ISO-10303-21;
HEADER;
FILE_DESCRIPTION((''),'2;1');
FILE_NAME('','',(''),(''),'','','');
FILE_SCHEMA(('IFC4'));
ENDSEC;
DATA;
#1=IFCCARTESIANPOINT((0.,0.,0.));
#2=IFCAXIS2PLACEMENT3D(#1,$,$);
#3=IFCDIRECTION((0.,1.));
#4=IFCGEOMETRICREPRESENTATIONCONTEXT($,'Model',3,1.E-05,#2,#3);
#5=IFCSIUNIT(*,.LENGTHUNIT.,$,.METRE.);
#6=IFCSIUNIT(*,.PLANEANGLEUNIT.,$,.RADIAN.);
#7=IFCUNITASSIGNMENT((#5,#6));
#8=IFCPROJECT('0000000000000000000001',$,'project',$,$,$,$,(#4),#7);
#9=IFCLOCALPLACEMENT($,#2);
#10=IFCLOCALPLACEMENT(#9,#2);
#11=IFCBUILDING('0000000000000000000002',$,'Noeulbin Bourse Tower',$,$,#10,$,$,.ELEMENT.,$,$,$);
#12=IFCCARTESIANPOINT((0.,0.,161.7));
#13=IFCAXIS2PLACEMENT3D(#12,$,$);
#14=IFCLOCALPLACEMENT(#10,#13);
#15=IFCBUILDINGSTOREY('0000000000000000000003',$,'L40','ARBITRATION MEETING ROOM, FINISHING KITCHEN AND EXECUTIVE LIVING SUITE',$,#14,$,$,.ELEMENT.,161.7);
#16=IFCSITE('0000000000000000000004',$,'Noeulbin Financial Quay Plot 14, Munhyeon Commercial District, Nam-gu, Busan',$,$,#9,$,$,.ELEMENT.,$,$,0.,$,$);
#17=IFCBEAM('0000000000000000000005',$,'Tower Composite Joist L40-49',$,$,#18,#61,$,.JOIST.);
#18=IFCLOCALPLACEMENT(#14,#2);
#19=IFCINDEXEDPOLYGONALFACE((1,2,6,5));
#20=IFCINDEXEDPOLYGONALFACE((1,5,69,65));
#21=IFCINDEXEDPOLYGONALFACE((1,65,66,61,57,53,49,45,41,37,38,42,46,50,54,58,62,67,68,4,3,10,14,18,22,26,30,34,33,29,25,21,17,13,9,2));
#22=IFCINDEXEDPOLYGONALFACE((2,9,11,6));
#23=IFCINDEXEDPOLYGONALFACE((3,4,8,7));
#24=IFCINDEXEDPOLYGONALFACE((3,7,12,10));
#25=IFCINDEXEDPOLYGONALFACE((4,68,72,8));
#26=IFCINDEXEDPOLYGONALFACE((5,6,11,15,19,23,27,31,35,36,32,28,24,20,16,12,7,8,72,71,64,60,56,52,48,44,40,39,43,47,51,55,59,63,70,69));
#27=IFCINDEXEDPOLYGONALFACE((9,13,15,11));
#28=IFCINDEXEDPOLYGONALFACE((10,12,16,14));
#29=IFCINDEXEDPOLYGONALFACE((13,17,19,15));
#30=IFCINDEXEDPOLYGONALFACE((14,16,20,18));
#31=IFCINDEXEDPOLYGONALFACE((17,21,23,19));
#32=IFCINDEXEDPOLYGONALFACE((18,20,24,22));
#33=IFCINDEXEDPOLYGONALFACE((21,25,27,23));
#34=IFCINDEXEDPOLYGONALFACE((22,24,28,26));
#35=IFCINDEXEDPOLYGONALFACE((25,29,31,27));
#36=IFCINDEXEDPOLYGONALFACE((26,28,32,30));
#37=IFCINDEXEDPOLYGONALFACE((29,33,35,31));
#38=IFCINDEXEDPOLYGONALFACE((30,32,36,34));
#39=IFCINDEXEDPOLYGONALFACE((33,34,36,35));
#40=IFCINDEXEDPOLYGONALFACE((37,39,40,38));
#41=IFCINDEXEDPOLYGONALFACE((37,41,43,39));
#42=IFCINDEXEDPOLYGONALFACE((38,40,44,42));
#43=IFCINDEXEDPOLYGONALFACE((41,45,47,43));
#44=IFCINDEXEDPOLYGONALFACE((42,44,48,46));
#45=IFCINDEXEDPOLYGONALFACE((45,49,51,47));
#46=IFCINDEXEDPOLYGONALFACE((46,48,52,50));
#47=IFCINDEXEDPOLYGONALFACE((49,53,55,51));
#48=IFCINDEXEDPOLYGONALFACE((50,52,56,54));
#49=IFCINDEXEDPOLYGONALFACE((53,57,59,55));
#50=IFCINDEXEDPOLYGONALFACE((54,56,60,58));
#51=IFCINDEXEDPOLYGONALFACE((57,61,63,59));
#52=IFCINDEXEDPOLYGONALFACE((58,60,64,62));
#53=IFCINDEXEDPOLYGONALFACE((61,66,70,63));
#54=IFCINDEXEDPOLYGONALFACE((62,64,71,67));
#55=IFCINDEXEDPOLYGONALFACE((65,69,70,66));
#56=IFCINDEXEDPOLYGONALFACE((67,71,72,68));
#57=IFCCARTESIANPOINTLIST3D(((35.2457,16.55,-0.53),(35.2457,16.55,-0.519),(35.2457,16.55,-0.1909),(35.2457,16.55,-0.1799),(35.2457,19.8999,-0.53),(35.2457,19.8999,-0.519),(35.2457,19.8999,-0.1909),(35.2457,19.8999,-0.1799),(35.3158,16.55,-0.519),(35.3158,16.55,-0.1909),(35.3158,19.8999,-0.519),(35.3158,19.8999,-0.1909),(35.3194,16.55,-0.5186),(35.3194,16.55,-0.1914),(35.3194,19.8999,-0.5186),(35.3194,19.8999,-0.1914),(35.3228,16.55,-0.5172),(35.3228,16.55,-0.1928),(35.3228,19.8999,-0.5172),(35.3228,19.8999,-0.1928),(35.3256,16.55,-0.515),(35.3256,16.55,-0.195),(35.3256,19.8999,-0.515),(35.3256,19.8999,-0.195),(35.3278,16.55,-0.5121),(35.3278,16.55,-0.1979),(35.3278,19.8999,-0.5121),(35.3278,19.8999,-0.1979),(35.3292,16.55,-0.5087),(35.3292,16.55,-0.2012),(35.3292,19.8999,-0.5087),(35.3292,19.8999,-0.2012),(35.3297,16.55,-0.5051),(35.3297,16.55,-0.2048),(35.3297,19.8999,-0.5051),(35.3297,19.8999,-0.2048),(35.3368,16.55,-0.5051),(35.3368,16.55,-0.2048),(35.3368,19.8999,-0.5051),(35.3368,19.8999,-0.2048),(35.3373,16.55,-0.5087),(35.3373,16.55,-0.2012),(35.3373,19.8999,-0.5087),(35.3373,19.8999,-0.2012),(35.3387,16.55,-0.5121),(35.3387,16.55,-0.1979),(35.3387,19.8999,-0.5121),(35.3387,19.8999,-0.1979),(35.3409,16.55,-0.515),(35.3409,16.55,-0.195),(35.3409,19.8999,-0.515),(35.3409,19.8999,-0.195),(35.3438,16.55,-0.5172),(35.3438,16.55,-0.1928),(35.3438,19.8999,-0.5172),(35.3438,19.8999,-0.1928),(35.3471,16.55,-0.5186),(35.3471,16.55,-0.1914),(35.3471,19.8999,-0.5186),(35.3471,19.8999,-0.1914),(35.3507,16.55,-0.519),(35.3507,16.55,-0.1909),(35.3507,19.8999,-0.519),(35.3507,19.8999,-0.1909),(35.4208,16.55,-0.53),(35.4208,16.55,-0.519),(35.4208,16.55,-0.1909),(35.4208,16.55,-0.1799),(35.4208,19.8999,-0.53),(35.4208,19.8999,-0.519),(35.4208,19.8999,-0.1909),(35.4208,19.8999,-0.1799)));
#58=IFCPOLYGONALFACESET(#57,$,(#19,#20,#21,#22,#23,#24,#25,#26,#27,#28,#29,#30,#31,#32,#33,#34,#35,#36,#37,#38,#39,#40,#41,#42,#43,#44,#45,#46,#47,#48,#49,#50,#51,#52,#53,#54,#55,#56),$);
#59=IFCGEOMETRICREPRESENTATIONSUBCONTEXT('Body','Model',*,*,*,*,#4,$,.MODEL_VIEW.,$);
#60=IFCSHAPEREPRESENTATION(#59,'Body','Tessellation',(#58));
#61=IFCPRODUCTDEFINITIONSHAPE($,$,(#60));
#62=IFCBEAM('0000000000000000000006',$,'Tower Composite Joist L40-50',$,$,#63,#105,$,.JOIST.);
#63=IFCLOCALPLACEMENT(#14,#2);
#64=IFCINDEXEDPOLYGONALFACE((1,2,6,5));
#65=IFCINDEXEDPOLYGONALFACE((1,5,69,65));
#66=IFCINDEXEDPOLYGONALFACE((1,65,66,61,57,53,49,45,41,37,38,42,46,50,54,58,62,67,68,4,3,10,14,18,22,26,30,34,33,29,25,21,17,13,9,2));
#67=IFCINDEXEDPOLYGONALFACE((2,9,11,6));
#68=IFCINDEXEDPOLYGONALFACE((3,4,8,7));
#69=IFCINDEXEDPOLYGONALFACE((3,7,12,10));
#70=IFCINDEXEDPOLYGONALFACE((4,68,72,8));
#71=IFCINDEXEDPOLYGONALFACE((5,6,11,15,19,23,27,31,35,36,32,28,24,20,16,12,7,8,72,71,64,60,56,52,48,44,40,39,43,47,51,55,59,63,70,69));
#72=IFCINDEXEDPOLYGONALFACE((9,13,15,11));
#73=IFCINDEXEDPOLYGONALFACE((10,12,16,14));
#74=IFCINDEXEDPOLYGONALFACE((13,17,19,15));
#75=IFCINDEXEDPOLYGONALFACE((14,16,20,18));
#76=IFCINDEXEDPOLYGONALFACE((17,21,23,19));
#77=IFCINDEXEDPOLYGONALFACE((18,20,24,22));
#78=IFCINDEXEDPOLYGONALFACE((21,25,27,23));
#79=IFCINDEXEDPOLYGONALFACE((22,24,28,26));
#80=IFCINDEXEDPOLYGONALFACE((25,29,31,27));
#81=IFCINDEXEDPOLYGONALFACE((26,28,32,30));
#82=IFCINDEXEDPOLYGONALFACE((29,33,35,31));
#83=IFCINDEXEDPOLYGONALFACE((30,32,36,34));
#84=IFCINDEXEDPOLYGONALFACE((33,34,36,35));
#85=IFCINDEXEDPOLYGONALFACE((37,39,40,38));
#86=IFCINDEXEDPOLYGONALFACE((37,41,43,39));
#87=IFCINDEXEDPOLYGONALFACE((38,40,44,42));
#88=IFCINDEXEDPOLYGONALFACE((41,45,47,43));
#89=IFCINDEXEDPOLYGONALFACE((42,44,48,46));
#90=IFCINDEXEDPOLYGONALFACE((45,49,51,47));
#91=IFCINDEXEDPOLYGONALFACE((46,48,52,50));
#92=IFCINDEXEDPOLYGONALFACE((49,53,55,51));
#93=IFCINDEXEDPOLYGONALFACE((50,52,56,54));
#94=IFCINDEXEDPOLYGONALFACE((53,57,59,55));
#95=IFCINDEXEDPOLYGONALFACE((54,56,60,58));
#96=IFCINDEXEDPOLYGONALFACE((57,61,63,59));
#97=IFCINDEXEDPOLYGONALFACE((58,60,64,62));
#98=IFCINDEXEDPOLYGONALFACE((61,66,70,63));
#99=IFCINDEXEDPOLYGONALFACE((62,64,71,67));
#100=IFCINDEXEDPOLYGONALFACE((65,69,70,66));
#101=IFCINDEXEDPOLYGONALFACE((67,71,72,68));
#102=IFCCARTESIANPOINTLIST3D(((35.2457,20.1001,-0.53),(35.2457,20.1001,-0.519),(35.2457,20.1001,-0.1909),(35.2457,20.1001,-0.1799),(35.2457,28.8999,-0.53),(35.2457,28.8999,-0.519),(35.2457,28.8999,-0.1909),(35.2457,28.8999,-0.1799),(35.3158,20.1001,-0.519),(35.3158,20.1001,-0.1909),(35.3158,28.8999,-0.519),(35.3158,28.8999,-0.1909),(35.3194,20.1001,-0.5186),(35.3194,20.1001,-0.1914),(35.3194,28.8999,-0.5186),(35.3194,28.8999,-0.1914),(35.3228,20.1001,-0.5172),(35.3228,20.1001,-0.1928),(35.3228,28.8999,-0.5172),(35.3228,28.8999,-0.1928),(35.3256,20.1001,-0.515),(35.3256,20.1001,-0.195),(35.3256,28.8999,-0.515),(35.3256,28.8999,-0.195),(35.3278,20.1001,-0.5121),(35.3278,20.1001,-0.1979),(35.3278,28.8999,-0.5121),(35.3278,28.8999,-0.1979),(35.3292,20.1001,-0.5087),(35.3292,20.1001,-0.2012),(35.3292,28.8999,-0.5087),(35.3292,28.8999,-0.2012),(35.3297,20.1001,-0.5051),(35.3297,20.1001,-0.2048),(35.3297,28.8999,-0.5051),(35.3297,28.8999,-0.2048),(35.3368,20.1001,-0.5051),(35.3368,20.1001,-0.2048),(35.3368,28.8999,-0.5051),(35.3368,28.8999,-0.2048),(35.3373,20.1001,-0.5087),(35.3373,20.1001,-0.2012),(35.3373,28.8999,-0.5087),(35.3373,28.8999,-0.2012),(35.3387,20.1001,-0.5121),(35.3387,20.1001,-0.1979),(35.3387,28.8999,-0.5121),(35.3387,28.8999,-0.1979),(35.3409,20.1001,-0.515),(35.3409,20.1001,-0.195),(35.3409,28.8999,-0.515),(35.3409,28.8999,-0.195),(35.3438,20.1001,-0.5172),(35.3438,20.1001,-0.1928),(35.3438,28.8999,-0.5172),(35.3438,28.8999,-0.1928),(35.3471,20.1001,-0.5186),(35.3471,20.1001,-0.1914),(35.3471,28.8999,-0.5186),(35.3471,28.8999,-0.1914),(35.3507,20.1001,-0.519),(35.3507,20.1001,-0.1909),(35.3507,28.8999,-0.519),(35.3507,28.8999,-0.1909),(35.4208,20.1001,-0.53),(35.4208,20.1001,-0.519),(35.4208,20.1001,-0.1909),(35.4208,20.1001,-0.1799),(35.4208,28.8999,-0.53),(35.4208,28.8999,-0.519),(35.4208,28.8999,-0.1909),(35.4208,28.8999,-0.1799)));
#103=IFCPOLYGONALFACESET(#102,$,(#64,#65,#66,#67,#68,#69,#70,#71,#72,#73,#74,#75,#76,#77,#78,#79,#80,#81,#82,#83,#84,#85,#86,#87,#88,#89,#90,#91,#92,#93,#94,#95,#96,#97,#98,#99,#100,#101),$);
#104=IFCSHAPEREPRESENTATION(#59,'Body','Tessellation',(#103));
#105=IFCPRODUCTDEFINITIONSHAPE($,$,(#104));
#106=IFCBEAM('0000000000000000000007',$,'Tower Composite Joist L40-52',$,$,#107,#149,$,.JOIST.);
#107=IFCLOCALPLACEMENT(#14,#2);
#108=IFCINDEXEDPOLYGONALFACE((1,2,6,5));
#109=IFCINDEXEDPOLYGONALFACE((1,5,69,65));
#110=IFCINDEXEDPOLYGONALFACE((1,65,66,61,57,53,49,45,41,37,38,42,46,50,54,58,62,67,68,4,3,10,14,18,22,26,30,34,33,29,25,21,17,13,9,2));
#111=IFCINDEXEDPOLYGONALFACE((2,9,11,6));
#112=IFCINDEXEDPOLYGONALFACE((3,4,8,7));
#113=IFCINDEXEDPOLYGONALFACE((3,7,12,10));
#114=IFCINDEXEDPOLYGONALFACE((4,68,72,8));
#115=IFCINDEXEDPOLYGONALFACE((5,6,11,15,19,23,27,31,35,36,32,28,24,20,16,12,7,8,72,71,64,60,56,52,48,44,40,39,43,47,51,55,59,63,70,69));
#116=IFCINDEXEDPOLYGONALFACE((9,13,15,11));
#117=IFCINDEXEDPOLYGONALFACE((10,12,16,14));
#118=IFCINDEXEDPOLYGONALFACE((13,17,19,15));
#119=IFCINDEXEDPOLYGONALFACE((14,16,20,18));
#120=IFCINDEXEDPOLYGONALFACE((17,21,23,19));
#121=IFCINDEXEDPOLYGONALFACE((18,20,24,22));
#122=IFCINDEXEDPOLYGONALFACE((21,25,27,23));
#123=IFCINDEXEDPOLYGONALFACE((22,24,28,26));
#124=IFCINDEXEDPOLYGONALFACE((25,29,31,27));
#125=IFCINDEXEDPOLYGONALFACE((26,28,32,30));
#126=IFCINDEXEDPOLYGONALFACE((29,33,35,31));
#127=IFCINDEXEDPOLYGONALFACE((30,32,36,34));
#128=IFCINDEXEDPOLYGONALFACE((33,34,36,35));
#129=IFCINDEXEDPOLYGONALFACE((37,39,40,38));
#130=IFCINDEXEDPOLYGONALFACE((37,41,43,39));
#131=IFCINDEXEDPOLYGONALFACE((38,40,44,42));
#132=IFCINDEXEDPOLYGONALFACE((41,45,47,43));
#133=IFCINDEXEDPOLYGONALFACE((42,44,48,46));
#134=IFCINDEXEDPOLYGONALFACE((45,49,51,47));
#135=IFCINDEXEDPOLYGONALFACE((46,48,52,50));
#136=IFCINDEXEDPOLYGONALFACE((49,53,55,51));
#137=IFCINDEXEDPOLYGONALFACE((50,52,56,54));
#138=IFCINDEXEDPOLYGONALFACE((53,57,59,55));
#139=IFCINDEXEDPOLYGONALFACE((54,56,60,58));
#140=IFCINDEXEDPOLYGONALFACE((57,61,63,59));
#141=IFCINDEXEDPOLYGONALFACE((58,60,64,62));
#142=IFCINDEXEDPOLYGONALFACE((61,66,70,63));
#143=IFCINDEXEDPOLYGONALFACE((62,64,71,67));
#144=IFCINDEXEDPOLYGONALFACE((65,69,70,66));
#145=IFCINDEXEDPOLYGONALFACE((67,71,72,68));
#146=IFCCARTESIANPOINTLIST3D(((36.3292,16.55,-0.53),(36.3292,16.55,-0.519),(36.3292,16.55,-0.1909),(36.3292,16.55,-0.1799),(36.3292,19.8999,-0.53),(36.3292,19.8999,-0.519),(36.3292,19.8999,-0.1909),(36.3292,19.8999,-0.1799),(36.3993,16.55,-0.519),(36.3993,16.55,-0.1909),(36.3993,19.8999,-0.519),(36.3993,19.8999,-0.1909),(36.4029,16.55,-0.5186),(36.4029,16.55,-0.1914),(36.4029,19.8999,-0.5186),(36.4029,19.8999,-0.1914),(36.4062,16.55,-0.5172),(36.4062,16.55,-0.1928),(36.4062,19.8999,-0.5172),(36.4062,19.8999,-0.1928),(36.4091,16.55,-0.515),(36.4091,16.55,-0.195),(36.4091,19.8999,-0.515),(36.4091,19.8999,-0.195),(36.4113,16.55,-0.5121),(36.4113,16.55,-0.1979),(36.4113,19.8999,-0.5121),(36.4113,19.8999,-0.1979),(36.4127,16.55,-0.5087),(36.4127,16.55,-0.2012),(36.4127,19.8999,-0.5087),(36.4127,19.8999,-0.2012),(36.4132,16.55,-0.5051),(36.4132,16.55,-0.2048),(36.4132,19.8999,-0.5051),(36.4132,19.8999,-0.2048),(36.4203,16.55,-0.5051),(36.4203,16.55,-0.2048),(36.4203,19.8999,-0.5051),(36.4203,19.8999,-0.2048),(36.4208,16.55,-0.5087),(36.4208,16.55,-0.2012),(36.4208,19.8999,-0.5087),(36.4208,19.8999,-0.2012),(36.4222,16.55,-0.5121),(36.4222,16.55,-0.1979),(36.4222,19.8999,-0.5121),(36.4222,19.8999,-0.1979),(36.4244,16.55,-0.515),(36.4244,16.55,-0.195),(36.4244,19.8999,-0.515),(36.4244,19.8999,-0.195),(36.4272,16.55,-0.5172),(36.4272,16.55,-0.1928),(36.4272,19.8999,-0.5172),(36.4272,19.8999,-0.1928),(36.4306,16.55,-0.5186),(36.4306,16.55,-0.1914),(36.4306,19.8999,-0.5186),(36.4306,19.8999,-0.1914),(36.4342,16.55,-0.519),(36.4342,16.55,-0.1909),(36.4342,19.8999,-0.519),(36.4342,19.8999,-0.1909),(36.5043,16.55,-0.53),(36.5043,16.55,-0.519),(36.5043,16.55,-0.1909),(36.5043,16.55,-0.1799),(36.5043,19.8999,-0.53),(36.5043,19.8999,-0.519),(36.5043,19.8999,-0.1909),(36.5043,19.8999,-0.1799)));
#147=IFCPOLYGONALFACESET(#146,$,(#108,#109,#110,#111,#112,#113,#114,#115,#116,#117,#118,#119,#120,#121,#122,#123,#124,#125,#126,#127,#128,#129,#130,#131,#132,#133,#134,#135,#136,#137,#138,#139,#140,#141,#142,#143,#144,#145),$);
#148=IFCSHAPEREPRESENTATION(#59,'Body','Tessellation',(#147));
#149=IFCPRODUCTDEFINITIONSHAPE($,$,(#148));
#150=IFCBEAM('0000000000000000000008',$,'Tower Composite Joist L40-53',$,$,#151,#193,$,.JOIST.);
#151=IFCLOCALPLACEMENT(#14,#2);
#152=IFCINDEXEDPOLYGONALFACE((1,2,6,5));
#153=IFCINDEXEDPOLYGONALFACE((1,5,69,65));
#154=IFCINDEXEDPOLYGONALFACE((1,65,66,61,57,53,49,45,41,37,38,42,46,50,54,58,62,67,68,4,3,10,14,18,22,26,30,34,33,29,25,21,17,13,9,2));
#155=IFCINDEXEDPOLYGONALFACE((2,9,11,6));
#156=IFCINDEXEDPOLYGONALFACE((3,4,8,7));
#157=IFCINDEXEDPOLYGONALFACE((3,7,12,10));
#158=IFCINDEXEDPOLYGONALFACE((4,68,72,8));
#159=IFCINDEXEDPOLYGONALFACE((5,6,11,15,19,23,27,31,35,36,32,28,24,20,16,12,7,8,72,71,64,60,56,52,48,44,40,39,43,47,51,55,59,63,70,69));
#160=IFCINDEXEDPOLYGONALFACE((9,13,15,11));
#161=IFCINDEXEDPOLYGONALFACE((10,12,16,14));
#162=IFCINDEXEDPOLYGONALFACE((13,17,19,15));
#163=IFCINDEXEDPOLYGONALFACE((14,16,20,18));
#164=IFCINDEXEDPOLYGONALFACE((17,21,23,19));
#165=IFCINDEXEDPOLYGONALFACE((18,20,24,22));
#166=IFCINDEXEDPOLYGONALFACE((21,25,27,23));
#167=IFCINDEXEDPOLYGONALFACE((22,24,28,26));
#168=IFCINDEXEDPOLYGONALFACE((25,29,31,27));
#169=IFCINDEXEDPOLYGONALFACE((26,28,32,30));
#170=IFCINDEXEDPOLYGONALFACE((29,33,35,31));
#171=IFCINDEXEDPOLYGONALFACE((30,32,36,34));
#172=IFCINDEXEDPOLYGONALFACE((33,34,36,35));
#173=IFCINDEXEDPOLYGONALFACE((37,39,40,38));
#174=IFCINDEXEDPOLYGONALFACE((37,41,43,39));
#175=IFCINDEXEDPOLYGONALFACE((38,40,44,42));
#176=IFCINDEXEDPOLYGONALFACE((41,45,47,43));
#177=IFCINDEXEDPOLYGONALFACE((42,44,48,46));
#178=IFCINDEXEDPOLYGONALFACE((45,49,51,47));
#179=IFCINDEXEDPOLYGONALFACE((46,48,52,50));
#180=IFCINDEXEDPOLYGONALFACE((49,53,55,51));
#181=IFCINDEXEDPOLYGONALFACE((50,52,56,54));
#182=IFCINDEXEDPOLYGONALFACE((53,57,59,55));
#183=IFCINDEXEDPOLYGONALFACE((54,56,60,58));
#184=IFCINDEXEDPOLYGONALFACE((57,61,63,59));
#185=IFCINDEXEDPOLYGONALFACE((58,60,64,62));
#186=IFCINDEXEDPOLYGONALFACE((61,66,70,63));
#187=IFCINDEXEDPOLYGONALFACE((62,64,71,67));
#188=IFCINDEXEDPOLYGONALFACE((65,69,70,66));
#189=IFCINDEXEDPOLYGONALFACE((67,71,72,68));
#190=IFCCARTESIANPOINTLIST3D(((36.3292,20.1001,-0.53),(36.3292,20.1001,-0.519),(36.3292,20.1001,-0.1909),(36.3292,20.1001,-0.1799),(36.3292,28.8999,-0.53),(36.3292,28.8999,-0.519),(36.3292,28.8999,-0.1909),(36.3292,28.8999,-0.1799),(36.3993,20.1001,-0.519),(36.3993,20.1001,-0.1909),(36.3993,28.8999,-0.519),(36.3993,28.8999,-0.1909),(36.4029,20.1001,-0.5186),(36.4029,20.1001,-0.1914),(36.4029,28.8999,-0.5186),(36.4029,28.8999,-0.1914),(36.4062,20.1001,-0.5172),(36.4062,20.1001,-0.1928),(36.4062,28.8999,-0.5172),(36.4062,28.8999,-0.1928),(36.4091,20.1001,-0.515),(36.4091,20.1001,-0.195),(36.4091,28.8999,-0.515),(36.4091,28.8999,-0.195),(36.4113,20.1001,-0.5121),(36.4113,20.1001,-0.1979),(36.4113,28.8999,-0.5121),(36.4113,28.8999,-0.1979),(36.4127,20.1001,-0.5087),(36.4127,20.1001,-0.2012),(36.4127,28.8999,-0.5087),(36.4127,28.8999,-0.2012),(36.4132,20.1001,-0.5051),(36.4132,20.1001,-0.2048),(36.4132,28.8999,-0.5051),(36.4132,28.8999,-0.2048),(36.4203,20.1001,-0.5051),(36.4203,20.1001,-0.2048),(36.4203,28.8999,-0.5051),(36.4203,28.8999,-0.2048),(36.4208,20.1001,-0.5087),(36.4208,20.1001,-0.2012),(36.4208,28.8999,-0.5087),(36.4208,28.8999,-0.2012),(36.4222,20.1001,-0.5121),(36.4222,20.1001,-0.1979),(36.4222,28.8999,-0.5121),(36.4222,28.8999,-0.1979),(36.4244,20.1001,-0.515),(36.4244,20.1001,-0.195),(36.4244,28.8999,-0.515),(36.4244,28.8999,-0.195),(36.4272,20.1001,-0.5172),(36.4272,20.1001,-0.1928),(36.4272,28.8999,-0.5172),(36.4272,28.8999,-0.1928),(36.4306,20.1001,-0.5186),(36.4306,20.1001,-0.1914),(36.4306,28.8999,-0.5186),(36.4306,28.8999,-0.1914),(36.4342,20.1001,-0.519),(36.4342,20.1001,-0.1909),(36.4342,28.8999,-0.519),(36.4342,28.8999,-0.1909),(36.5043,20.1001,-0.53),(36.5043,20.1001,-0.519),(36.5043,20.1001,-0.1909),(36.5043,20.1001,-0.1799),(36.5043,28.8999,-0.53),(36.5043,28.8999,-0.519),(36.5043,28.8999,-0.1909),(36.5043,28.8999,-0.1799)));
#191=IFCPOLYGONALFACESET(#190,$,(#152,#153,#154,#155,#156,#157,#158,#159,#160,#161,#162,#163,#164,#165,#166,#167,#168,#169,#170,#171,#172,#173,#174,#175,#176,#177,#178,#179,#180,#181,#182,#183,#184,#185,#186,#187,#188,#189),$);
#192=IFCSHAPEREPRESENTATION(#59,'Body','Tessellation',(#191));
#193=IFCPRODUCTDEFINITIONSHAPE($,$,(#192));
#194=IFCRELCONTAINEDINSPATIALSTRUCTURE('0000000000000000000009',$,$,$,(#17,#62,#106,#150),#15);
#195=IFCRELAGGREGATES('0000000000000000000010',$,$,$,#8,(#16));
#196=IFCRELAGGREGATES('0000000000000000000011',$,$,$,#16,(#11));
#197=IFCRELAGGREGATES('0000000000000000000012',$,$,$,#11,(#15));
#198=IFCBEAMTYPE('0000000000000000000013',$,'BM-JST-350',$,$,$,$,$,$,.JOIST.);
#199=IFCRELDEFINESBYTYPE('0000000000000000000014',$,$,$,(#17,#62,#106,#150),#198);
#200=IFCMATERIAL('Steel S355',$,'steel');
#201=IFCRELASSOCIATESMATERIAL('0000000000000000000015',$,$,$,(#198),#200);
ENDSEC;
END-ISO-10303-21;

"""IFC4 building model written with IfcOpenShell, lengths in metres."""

from ifc_helpers import new_model, si_unit, direction, frame, origin, origin_2d, place, context, subcontext, project, spatial, i_section, extrude, material, material_profile, profile_set, type_object, element, save


model = new_model("IFC4")

# Units and contexts
model_context = context("Model", 3, precision=1e-05, world=origin(), true_north=direction((0.0, 1.0)))
body_context = subcontext(model_context, "Body", "Model", "MODEL_VIEW")
ifc_project = project(units=[si_unit("LENGTHUNIT", "METRE"), si_unit("PLANEANGLEUNIT", "RADIAN")], contexts=[model_context])

# Site, building, storey
site_placement = place(None, origin())
site = spatial("IfcSite", under=ifc_project, at=site_placement, Name="Noeulbin Financial Quay Plot 14, Munhyeon Commercial District, Nam-gu, Busan", CompositionType="ELEMENT", RefElevation=0.0)
building_placement = place(site_placement, origin())
building = spatial("IfcBuilding", under=site, at=building_placement, Name="Noeulbin Bourse Tower", CompositionType="ELEMENT")
storey_placement = place(building_placement, frame((0.0, 0.0, 161.7)))
storey = spatial("IfcBuildingStorey", under=building, at=storey_placement, Name="L40", Description="ARBITRATION MEETING ROOM, FINISHING KITCHEN AND EXECUTIVE LIVING SUITE", CompositionType="ELEMENT", Elevation=161.7)

# Beams
ifc_material_1 = material(Name="Steel S355", Category="steel")
ifc_material_profile_1 = material_profile(ifc_material_1, i_section(OverallWidth=0.175, OverallDepth=0.3501, WebThickness=0.0071, FlangeThickness=0.011, FilletRadius=0.0139, at=origin_2d()), Name="H-350x175x7x11", Category="LoadBearing")
ifc_profile_set_1 = profile_set([ifc_material_profile_1], Name="Steel S355")
beam_type_1 = type_object("IfcBeamType", Name="BM-JST-350", PredefinedType="JOIST", material=ifc_profile_set_1)
beam_1_placement = place(storey_placement, frame((35.3333, 16.55, -0.355), z_axis=(0.0, 1.0, 0.0), x_axis=(-1.0, 0.0, 0.0)))
element("IfcBeam", 1, at=beam_1_placement, inside=storey, type_object=beam_type_1, Name="Tower Composite Joist L40-49", PredefinedType="JOIST", context=body_context, shape_type="SweptSolid", body=[
    extrude(i_section(OverallWidth=0.175, OverallDepth=0.3501, WebThickness=0.0071, FlangeThickness=0.011, FilletRadius=0.0139, at=origin_2d()), origin(), (0.0, 0.0, 1.0), 3.3499),
])
beam_2_placement = place(storey_placement, frame((35.3333, 20.1001, -0.355), z_axis=(0.0, 1.0, 0.0), x_axis=(-1.0, 0.0, 0.0)))
element("IfcBeam", 2, at=beam_2_placement, inside=storey, type_object=beam_type_1, Name="Tower Composite Joist L40-50", PredefinedType="JOIST", context=body_context, shape_type="SweptSolid", body=[
    extrude(i_section(OverallWidth=0.175, OverallDepth=0.3501, WebThickness=0.0071, FlangeThickness=0.011, FilletRadius=0.0139, at=origin_2d()), origin(), (0.0, 0.0, 1.0), 8.7998),
])
beam_3_placement = place(storey_placement, frame((36.4167, 16.55, -0.355), z_axis=(0.0, 1.0, 0.0), x_axis=(-1.0, 0.0, 0.0)))
element("IfcBeam", 3, at=beam_3_placement, inside=storey, type_object=beam_type_1, Name="Tower Composite Joist L40-52", PredefinedType="JOIST", context=body_context, shape_type="SweptSolid", body=[
    extrude(i_section(OverallWidth=0.175, OverallDepth=0.3501, WebThickness=0.0071, FlangeThickness=0.011, FilletRadius=0.0139, at=origin_2d()), origin(), (0.0, 0.0, 1.0), 3.3499),
])
beam_4_placement = place(storey_placement, frame((36.4167, 20.1001, -0.355), z_axis=(0.0, 1.0, 0.0), x_axis=(-1.0, 0.0, 0.0)))
element("IfcBeam", 4, at=beam_4_placement, inside=storey, type_object=beam_type_1, Name="Tower Composite Joist L40-53", PredefinedType="JOIST", context=body_context, shape_type="SweptSolid", body=[
    extrude(i_section(OverallWidth=0.175, OverallDepth=0.3501, WebThickness=0.0071, FlangeThickness=0.011, FilletRadius=0.0139, at=origin_2d()), origin(), (0.0, 0.0, 1.0), 8.7998),
])

save(model, "model.ifc")
